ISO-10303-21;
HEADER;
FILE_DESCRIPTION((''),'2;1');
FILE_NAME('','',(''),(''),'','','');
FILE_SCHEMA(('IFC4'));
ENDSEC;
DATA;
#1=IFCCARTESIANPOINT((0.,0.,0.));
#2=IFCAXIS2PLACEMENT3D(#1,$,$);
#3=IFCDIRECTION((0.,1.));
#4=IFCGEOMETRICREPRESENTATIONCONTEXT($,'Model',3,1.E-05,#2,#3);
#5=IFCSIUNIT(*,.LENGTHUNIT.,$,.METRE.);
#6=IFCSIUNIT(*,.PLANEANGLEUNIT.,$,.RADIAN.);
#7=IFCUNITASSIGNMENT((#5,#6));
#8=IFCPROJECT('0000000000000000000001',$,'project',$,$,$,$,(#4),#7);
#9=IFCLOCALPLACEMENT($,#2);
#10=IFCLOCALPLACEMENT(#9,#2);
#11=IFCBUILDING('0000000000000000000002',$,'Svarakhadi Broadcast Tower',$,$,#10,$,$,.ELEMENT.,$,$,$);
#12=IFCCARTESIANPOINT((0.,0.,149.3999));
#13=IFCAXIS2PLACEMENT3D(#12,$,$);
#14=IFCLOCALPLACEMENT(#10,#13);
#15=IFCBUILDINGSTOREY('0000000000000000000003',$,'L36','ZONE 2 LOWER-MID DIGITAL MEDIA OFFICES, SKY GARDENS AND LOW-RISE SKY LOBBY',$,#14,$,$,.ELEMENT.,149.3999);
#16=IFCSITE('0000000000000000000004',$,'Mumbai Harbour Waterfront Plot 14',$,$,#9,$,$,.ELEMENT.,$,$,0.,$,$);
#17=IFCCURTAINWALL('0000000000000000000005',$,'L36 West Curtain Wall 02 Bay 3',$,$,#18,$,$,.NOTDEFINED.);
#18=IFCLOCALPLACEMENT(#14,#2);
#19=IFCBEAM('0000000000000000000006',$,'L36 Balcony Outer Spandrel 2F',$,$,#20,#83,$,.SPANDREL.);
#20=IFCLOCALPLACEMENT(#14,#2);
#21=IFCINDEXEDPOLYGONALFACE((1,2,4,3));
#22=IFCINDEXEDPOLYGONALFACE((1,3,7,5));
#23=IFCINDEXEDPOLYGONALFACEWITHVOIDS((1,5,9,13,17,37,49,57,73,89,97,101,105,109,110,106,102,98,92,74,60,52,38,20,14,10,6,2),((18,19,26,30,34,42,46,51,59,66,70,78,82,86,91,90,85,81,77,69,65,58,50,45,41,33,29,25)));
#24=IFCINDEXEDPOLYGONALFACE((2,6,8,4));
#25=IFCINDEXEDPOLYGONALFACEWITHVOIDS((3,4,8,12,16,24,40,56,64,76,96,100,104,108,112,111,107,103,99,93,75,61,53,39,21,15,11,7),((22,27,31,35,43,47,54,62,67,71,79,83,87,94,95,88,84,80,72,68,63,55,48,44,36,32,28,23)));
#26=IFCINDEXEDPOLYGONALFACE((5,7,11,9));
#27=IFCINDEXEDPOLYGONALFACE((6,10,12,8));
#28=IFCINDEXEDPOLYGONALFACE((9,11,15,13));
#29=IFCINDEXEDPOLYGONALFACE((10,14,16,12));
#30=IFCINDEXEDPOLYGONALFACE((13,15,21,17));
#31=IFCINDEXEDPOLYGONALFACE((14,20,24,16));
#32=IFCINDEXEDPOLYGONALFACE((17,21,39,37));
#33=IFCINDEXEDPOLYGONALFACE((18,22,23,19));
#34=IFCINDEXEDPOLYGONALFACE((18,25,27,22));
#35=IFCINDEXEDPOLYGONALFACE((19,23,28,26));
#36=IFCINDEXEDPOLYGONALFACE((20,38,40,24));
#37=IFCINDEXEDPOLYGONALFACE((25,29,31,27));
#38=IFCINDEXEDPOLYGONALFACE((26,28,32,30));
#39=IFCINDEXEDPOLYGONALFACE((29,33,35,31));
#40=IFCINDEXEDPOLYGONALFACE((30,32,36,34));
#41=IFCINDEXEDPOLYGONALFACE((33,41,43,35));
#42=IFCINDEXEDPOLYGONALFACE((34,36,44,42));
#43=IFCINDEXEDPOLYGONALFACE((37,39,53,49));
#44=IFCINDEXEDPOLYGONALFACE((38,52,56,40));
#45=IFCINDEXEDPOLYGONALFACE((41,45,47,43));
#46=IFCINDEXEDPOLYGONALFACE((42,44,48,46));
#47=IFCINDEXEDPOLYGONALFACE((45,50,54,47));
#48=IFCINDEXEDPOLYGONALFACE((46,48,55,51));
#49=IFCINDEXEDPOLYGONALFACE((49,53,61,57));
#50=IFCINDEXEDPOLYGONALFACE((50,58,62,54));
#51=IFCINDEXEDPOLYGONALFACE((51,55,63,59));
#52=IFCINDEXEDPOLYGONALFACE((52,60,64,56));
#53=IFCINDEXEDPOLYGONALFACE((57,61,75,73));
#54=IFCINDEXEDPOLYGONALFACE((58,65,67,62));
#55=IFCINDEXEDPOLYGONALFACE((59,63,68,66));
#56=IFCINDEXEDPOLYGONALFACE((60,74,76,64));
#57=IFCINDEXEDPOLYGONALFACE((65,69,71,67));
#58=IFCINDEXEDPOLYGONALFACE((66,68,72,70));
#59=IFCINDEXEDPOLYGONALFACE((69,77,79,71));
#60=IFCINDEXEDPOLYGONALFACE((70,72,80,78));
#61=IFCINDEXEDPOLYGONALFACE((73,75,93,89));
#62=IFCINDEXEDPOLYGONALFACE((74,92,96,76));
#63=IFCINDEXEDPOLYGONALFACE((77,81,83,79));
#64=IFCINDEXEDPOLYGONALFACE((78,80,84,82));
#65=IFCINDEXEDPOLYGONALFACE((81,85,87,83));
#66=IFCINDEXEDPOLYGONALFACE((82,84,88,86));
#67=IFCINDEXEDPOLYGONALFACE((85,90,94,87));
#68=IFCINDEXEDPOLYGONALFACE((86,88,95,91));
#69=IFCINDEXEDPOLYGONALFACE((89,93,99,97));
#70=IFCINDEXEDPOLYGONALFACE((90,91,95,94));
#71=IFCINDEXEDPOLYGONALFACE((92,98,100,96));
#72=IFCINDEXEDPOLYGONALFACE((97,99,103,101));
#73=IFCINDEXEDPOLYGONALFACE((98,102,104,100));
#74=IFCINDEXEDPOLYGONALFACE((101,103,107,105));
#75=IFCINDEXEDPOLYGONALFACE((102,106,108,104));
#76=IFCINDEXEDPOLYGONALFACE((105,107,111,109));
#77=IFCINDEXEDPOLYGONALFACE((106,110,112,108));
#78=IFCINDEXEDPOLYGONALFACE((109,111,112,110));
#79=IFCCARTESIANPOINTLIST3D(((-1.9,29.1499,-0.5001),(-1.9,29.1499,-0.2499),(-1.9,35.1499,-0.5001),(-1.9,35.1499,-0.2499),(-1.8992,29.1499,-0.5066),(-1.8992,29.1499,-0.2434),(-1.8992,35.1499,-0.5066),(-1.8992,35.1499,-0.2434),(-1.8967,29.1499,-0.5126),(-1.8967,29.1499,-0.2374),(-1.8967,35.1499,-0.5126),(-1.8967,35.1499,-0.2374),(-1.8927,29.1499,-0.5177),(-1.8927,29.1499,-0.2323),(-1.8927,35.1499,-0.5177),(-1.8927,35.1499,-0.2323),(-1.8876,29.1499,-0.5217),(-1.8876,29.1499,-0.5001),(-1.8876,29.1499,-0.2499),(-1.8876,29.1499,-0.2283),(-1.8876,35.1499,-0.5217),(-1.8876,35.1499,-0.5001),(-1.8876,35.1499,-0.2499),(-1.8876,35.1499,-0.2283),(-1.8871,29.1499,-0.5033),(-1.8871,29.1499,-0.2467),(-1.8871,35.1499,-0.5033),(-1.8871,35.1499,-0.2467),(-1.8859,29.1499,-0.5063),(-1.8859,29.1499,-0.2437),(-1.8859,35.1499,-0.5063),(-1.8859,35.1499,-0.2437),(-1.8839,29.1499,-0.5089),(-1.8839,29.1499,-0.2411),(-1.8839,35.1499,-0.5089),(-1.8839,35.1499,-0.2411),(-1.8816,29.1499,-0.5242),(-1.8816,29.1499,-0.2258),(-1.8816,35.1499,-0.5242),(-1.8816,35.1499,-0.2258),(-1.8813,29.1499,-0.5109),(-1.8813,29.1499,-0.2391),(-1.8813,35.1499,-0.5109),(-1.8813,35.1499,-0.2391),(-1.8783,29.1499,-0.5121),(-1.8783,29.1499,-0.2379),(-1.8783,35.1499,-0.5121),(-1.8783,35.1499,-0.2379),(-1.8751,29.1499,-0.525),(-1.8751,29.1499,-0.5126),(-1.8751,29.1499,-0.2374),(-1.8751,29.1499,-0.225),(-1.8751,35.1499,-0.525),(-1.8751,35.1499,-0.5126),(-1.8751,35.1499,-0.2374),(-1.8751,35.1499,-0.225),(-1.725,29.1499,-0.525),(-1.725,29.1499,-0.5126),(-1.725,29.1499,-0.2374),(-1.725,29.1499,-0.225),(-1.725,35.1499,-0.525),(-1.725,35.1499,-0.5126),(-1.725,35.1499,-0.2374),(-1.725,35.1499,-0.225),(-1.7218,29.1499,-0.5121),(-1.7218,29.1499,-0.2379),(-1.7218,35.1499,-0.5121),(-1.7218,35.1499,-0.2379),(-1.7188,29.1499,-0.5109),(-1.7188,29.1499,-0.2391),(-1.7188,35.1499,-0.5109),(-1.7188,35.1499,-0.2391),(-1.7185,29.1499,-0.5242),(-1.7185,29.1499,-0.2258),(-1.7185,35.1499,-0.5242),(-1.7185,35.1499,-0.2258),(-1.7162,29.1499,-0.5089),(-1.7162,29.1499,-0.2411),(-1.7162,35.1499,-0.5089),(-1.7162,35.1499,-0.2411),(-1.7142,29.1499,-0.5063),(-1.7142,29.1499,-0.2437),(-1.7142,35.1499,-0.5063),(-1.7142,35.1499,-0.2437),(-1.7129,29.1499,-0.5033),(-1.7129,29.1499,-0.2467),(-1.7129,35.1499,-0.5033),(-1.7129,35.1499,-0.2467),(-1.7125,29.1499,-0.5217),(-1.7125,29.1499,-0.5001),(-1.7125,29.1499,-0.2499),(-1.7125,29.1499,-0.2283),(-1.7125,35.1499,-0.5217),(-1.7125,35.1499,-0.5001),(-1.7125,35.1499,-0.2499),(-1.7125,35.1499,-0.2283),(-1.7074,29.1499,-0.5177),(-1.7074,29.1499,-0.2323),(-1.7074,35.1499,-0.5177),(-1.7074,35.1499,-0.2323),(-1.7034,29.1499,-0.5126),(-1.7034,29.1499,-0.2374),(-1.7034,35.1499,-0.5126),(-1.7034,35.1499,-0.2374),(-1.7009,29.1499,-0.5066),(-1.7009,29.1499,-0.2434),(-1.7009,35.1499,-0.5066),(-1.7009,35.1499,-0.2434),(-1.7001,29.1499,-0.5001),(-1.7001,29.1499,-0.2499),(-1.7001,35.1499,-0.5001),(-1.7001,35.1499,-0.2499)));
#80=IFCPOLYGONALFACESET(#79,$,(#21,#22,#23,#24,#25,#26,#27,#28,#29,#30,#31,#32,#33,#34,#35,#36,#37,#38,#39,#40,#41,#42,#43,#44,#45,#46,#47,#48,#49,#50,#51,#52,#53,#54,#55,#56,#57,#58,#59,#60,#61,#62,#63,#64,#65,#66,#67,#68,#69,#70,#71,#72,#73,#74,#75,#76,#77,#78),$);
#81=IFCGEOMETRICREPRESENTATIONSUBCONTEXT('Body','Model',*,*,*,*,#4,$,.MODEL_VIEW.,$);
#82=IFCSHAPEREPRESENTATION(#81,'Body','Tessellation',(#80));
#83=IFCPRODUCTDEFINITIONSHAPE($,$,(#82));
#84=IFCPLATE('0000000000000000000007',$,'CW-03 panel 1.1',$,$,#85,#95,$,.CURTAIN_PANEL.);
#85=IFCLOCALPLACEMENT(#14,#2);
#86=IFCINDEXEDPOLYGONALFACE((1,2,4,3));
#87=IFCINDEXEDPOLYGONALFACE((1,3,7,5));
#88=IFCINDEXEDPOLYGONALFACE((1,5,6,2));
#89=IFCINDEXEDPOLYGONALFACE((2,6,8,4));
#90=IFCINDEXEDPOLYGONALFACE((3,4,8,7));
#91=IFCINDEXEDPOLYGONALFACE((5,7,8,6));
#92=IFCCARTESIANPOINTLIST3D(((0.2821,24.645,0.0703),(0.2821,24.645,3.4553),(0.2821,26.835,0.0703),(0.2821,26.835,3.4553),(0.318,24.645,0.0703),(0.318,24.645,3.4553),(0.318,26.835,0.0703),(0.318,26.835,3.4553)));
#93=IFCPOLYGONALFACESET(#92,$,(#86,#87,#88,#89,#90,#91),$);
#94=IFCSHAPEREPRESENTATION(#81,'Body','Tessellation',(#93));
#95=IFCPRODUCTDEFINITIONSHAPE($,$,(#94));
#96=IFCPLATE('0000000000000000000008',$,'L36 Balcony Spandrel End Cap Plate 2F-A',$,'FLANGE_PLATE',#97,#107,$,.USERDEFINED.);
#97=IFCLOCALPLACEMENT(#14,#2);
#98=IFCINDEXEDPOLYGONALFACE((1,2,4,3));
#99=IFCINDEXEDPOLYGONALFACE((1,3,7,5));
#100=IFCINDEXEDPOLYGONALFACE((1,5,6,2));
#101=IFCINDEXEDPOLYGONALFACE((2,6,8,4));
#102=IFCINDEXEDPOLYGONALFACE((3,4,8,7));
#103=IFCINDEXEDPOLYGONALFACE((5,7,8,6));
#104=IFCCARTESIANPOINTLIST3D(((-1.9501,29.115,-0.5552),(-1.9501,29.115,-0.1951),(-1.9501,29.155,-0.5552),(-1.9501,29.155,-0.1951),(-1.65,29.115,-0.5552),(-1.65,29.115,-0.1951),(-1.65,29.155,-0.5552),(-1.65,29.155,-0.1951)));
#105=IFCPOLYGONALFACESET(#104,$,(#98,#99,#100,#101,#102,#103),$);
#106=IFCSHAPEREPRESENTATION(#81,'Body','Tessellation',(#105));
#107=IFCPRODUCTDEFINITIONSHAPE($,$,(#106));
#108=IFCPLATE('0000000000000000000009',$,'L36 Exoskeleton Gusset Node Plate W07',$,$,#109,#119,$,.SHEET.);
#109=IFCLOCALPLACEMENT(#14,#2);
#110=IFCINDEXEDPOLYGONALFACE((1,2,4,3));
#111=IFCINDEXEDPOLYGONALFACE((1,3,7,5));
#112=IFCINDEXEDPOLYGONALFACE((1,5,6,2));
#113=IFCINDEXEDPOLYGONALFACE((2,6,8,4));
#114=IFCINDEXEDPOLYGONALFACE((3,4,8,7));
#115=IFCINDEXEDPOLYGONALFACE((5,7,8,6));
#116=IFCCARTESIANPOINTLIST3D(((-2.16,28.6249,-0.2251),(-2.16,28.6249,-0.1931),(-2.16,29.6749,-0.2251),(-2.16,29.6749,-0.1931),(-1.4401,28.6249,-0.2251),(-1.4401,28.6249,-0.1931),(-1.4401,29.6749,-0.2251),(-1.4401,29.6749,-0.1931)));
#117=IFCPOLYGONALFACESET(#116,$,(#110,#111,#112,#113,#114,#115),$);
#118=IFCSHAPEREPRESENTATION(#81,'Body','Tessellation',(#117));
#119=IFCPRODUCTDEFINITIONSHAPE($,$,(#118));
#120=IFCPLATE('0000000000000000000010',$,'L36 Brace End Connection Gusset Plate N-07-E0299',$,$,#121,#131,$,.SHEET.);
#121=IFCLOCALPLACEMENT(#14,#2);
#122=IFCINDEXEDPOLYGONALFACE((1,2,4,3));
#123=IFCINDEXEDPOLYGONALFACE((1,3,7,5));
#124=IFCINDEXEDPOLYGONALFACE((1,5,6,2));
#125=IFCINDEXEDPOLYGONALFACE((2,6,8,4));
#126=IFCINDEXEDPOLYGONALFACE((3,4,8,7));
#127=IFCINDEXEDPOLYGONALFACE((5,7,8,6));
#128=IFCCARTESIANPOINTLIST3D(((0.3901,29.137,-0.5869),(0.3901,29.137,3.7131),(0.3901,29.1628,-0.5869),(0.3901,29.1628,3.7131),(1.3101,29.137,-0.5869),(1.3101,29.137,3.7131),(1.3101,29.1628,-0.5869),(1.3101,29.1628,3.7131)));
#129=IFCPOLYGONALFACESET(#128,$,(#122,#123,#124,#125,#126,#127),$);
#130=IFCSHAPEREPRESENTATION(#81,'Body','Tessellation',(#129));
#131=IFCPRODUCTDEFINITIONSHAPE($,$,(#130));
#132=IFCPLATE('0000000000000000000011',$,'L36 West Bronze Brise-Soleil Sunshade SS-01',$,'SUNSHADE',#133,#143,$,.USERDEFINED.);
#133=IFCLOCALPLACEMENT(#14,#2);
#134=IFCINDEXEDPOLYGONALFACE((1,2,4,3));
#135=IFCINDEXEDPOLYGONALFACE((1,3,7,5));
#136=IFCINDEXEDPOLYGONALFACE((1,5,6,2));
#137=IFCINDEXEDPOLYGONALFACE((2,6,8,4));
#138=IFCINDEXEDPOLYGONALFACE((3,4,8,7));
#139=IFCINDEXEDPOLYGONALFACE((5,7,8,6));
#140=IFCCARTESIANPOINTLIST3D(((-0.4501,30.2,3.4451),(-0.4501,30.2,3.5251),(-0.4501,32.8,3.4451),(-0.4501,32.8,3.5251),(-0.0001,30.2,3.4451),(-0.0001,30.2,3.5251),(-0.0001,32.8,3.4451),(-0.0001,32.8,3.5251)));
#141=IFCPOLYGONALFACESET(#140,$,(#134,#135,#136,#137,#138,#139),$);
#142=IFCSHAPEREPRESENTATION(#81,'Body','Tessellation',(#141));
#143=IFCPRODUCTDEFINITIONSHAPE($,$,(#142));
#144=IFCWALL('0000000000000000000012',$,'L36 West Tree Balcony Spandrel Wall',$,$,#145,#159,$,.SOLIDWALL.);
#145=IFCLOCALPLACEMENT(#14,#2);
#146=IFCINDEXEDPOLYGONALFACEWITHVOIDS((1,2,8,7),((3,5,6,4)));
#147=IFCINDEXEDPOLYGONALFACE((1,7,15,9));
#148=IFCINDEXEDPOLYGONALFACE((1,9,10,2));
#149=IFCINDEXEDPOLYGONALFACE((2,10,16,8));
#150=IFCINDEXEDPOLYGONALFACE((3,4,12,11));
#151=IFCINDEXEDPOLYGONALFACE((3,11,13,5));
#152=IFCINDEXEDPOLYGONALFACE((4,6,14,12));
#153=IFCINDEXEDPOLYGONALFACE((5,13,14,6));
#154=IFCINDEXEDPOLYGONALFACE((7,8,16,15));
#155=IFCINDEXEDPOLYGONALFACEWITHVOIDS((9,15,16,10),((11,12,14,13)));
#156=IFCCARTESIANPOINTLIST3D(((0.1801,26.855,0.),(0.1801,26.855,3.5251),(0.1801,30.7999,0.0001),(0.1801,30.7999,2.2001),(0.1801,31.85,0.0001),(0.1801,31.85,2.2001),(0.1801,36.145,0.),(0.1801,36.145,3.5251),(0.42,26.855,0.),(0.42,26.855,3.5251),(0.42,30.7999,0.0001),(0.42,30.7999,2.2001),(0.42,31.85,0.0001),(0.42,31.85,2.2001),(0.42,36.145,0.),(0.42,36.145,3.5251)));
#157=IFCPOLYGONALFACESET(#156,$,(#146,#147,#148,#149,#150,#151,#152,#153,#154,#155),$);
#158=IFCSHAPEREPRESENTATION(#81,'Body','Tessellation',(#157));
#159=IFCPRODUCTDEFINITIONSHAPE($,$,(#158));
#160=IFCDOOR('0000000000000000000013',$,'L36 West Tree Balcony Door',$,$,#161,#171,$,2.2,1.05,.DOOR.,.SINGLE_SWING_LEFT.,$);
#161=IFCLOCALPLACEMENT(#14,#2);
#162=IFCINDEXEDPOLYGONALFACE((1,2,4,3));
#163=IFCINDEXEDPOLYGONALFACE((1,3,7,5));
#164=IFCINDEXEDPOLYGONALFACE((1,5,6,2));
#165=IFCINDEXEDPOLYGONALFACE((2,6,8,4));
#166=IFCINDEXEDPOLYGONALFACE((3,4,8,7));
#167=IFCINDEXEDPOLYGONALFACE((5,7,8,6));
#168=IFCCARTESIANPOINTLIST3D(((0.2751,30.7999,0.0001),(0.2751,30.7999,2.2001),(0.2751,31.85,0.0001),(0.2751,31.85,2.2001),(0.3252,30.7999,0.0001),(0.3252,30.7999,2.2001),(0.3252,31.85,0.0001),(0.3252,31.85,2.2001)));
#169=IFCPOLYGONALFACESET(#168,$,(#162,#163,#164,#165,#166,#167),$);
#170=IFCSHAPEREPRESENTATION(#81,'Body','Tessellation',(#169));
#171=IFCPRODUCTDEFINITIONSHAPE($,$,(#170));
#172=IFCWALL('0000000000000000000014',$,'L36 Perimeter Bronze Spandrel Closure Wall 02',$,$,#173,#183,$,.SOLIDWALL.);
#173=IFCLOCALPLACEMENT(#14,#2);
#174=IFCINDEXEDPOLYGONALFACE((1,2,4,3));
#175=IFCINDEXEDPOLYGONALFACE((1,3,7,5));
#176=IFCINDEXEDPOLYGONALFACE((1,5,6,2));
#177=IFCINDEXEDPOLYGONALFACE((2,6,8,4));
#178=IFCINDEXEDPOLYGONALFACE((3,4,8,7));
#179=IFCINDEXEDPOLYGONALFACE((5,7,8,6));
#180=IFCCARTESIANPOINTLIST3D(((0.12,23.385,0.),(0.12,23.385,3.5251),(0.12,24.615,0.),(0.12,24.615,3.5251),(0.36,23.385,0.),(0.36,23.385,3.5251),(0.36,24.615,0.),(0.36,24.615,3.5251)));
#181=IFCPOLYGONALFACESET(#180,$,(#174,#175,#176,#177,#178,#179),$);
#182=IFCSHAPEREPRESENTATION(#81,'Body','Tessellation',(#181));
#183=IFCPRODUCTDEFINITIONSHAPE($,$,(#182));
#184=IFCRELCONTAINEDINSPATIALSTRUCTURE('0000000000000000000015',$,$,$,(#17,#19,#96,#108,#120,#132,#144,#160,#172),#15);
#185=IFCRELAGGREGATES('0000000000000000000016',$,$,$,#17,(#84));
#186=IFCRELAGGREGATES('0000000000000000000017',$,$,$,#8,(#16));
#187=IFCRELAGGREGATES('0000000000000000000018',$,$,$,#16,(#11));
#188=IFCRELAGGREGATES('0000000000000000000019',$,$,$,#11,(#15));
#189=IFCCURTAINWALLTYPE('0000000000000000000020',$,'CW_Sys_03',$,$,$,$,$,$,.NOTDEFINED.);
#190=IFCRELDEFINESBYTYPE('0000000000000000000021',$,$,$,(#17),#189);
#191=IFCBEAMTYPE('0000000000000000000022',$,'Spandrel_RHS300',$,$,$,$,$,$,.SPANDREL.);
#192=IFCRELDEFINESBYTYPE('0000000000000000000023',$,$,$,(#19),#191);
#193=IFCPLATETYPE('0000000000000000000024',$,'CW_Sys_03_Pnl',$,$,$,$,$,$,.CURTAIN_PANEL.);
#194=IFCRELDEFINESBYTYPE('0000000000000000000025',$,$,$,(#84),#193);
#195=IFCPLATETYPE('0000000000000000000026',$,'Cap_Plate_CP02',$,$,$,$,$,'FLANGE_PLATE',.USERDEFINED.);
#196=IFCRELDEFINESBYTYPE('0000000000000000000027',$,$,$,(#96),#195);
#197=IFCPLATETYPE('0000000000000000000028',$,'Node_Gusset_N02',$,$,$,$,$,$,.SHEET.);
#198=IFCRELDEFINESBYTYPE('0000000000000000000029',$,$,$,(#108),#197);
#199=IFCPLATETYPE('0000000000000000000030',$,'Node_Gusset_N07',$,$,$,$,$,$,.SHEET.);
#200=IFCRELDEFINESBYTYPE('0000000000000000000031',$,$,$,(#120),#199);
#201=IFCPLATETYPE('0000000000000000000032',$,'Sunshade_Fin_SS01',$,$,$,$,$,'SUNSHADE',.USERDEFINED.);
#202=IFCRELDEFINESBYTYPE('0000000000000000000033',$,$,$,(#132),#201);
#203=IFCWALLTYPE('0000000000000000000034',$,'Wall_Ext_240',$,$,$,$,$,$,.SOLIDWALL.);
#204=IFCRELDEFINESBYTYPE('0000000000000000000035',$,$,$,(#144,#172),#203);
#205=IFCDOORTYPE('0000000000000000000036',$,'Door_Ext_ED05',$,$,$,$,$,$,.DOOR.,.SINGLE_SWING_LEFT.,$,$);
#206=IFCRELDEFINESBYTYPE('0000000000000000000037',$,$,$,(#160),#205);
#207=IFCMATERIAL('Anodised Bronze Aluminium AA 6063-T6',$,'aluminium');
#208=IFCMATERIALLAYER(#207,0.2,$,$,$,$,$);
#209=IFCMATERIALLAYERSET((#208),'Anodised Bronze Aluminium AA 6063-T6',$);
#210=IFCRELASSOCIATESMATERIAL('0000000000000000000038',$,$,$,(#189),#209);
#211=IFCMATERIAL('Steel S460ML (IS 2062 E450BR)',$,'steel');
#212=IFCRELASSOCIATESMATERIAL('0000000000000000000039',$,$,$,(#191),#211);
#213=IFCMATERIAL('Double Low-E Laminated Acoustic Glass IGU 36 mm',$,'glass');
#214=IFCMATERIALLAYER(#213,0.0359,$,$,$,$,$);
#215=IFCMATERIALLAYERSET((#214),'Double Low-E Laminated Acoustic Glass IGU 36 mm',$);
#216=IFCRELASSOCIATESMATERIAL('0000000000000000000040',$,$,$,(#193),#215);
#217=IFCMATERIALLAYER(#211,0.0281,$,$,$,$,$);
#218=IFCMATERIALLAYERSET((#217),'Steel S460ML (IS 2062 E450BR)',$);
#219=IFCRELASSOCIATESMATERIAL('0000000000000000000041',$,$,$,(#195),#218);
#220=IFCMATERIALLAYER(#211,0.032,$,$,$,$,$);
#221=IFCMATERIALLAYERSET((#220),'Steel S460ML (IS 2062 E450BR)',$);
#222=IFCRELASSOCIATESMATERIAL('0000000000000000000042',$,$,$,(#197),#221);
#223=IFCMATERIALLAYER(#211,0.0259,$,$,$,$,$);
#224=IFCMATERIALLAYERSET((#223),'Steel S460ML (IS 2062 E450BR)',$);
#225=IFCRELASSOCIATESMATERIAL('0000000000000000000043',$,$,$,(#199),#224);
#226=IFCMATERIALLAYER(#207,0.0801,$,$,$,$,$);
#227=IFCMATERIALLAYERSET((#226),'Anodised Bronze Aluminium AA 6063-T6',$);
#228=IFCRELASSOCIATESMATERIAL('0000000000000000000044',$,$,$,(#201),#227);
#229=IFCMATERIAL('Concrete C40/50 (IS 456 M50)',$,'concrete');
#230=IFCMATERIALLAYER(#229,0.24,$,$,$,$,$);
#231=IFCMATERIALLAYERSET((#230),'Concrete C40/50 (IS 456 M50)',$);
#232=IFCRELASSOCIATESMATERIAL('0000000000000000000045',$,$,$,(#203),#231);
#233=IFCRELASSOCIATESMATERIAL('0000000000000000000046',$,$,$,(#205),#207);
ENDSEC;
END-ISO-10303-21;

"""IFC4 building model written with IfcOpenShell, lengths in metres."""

from ifc_helpers import new_model, si_unit, direction, frame, frame_2d, origin, origin_2d, place, context, subcontext, project, spatial, rectangle, hollow_rectangle, extrude, material, layer, layer_set, material_profile, profile_set, type_object, element, fill, aggregate, save


model = new_model("IFC4")

# Units and contexts
model_context = context("Model", 3, precision=1e-05, world=origin(), true_north=direction((0.0, 1.0)))
body_context = subcontext(model_context, "Body", "Model", "MODEL_VIEW")
ifc_project = project(units=[si_unit("LENGTHUNIT", "METRE"), si_unit("PLANEANGLEUNIT", "RADIAN")], contexts=[model_context])

# Site, building, storey
site_placement = place(None, origin())
site = spatial("IfcSite", under=ifc_project, at=site_placement, Name="Mumbai Harbour Waterfront Plot 14", CompositionType="ELEMENT", RefElevation=0.0)
building_placement = place(site_placement, origin())
building = spatial("IfcBuilding", under=site, at=building_placement, Name="Svarakhadi Broadcast Tower", CompositionType="ELEMENT")
storey_placement = place(building_placement, frame((0.0, 0.0, 149.3999)))
storey = spatial("IfcBuildingStorey", under=building, at=storey_placement, Name="L36", Description="ZONE 2 LOWER-MID DIGITAL MEDIA OFFICES, SKY GARDENS AND LOW-RISE SKY LOBBY", CompositionType="ELEMENT", Elevation=149.3999)

# Shared definitions
ifc_material_1 = material(Name="Steel S460ML (IS 2062 E450BR)", Category="steel")

# Shared definitions
ifc_material_2 = material(Name="Anodised Bronze Aluminium AA 6063-T6", Category="aluminium")
ifc_layer_1 = layer(ifc_material_2, 0.2)
ifc_layer_set_1 = layer_set([ifc_layer_1], Name="Anodised Bronze Aluminium AA 6063-T6")
curtain_wall_type = type_object("IfcCurtainWallType", Name="CW_Sys_03", PredefinedType="NOTDEFINED", material=ifc_layer_set_1)

# Curtain wall
curtain_wall_1_placement = place(storey_placement, origin())
curtain_wall_1 = element("IfcCurtainWall", 1, at=curtain_wall_1_placement, inside=storey, type_object=curtain_wall_type, Name="L36 West Curtain Wall 02 Bay 3", PredefinedType="NOTDEFINED")

# Beam
ifc_material_profile_1 = material_profile(ifc_material_1, hollow_rectangle(XDim=0.2, YDim=0.3, WallThickness=0.0125, InnerFilletRadius=0.0125, OuterFilletRadius=0.0249, at=origin_2d()), Name="RHS 300x200x12.5")
ifc_profile_set_1 = profile_set([ifc_material_profile_1], Name="Steel S460ML (IS 2062 E450BR)")
beam_type_1 = type_object("IfcBeamType", Name="Spandrel_RHS300", PredefinedType="SPANDREL", material=ifc_profile_set_1)
beam_1_placement = place(storey_placement, frame((-1.8, 29.1499, -0.375), z_axis=(0.0, 1.0, 0.0), x_axis=(-1.0, 0.0, 0.0)))
element("IfcBeam", 2, at=beam_1_placement, inside=storey, type_object=beam_type_1, Name="L36 Balcony Outer Spandrel 2F", PredefinedType="SPANDREL", context=body_context, shape_type="SweptSolid", body=[
    extrude(hollow_rectangle(XDim=0.2, YDim=0.3, WallThickness=0.0125, InnerFilletRadius=0.0125, OuterFilletRadius=0.0249, at=origin_2d()), origin(), (0.0, 0.0, 1.0), 6.0),
])

# Plate
ifc_material_3 = material(Name="Double Low-E Laminated Acoustic Glass IGU 36 mm", Category="glass")
ifc_layer_2 = layer(ifc_material_3, 0.0359)
ifc_layer_set_2 = layer_set([ifc_layer_2], Name="Double Low-E Laminated Acoustic Glass IGU 36 mm")
plate_type_1 = type_object("IfcPlateType", Name="CW_Sys_03_Pnl", PredefinedType="CURTAIN_PANEL", material=ifc_layer_set_2)
plate_1_placement = place(storey_placement, frame((0.3, 25.74, 0.0703), z_axis=(0.0, 0.0, 1.0), x_axis=(0.0, 1.0, 0.0)))
plate_1 = element("IfcPlate", 3, at=plate_1_placement, type_object=plate_type_1, Name="CW-03 panel 1.1", PredefinedType="CURTAIN_PANEL", context=body_context, shape_type="SweptSolid", body=[
    extrude(rectangle(XDim=2.1899, YDim=0.0359, at=origin_2d()), origin(), (0.0, 0.0, 1.0), 3.385),
])
aggregate(curtain_wall_1, [plate_1])

# Plates
ifc_layer_3 = layer(ifc_material_1, 0.0281)
ifc_layer_set_3 = layer_set([ifc_layer_3], Name="Steel S460ML (IS 2062 E450BR)")
plate_type_2 = type_object("IfcPlateType", Name="Cap_Plate_CP02", ElementType="FLANGE_PLATE", PredefinedType="USERDEFINED", material=ifc_layer_set_3)
plate_2_placement = place(storey_placement, frame((-1.8, 29.135, -0.5552), z_axis=(0.0, 0.0, 1.0), x_axis=(1.0, 0.0, 0.0)))
element("IfcPlate", 4, at=plate_2_placement, inside=storey, type_object=plate_type_2, Name="L36 Balcony Spandrel End Cap Plate 2F-A", ObjectType="FLANGE_PLATE", PredefinedType="USERDEFINED", context=body_context, shape_type="SweptSolid", body=[
    extrude(rectangle(XDim=0.3, YDim=0.04, at=origin_2d()), origin(), (0.0, 0.0, 1.0), 0.3601),
])
ifc_layer_4 = layer(ifc_material_1, 0.032)
ifc_layer_set_4 = layer_set([ifc_layer_4], Name="Steel S460ML (IS 2062 E450BR)")
plate_type_3 = type_object("IfcPlateType", Name="Node_Gusset_N02", PredefinedType="SHEET", material=ifc_layer_set_4)
plate_3_placement = place(storey_placement, frame((-1.8, 29.1499, -0.2251), z_axis=(0.0, 0.0, 1.0), x_axis=(0.0, 1.0, 0.0)))
element("IfcPlate", 5, at=plate_3_placement, inside=storey, type_object=plate_type_3, Name="L36 Exoskeleton Gusset Node Plate W07", PredefinedType="SHEET", context=body_context, shape_type="SweptSolid", body=[
    extrude(rectangle(XDim=1.05, YDim=0.72, at=origin_2d()), origin(), (0.0, 0.0, 1.0), 0.032),
])
ifc_layer_5 = layer(ifc_material_1, 0.0259)
ifc_layer_set_5 = layer_set([ifc_layer_5], Name="Steel S460ML (IS 2062 E450BR)")
plate_type_4 = type_object("IfcPlateType", Name="Node_Gusset_N07", PredefinedType="SHEET", material=ifc_layer_set_5)
plate_4_placement = place(storey_placement, frame((0.8501, 29.1499, -0.5869), z_axis=(0.0, 0.0, 1.0), x_axis=(1.0, 0.0, 0.0)))
element("IfcPlate", 6, at=plate_4_placement, inside=storey, type_object=plate_type_4, Name="L36 Brace End Connection Gusset Plate N-07-E0299", PredefinedType="SHEET", context=body_context, shape_type="SweptSolid", body=[
    extrude(rectangle(XDim=0.9199, YDim=0.0259, at=origin_2d()), origin(), (0.0, 0.0, 1.0), 4.3),
])
ifc_layer_6 = layer(ifc_material_2, 0.0801)
ifc_layer_set_6 = layer_set([ifc_layer_6], Name="Anodised Bronze Aluminium AA 6063-T6")
plate_type_5 = type_object("IfcPlateType", Name="Sunshade_Fin_SS01", ElementType="SUNSHADE", PredefinedType="USERDEFINED", material=ifc_layer_set_6)
plate_5_placement = place(storey_placement, frame((-0.2251, 31.5, 3.4451), z_axis=(0.0, 0.0, 1.0), x_axis=(0.0, 1.0, 0.0)))
element("IfcPlate", 7, at=plate_5_placement, inside=storey, type_object=plate_type_5, Name="L36 West Bronze Brise-Soleil Sunshade SS-01", ObjectType="SUNSHADE", PredefinedType="USERDEFINED", context=body_context, shape_type="SweptSolid", body=[
    extrude(rectangle(XDim=2.6001, YDim=0.45, at=origin_2d()), origin(), (0.0, 0.0, 1.0), 0.0801),
])

# Wall, opening, door
ifc_material_4 = material(Name="Concrete C40/50 (IS 456 M50)", Category="concrete")
ifc_layer_7 = layer(ifc_material_4, 0.24)
ifc_layer_set_7 = layer_set([ifc_layer_7], Name="Concrete C40/50 (IS 456 M50)")
wall_type_1 = type_object("IfcWallType", Name="Wall_Ext_240", PredefinedType="SOLIDWALL", material=ifc_layer_set_7)
wall_1_placement = place(storey_placement, frame((0.3, 26.855, 0.0), z_axis=(0.0, 0.0, 1.0), x_axis=(0.0, 1.0, 0.0)))
wall_1 = element("IfcWall", 8, at=wall_1_placement, inside=storey, type_object=wall_type_1, Name="L36 West Tree Balcony Spandrel Wall", PredefinedType="SOLIDWALL", context=body_context, shape_type="SweptSolid", body=[
    extrude(rectangle(XDim=9.29, YDim=0.24, at=frame_2d((4.645, 0.0))), origin(), (0.0, 0.0, 1.0), 3.5251),
])
opening_1_placement = place(wall_1_placement, frame((3.9451, 0.0, 0.0)))
opening_1 = element("IfcOpeningElement", 9, at=opening_1_placement, cuts=wall_1, PredefinedType="OPENING", context=body_context, shape_type="SweptSolid", body=[
    extrude(rectangle(XDim=1.05, YDim=2.2, at=frame_2d((0.5249, 1.1001))), frame((0.0, 0.1299, 0.0), z_axis=(0.0, -1.0, 0.0), x_axis=(1.0, 0.0, 0.0)), (0.0, 0.0, 1.0), 0.26),
])
door_type_1 = type_object("IfcDoorType", Name="Door_Ext_ED05", OperationType="SINGLE_SWING_LEFT", PredefinedType="DOOR", material=ifc_material_2)
door_1_placement = place(opening_1_placement, origin())
door_1 = element("IfcDoor", 10, at=door_1_placement, inside=storey, type_object=door_type_1, Name="L36 West Tree Balcony Door", OperationType="SINGLE_SWING_LEFT", OverallHeight=2.2, OverallWidth=1.05, PredefinedType="DOOR", context=body_context, shape_type="SweptSolid", body=[
    extrude(rectangle(XDim=1.05, YDim=2.2, at=frame_2d((0.5249, 1.1001))), frame((0.0, 0.0249, 0.0), z_axis=(0.0, -1.0, 0.0), x_axis=(1.0, 0.0, 0.0)), (0.0, 0.0, 1.0), 0.05),
])
fill(opening_1, door_1)

# Wall
wall_2_placement = place(storey_placement, frame((0.24, 23.385, 0.0), z_axis=(0.0, 0.0, 1.0), x_axis=(0.0, 1.0, 0.0)))
element("IfcWall", 11, at=wall_2_placement, inside=storey, type_object=wall_type_1, Name="L36 Perimeter Bronze Spandrel Closure Wall 02", PredefinedType="SOLIDWALL", context=body_context, shape_type="SweptSolid", body=[
    extrude(rectangle(XDim=1.23, YDim=0.24, at=frame_2d((0.615, 0.0))), origin(), (0.0, 0.0, 1.0), 3.5251),
])

save(model, "model.ifc")
